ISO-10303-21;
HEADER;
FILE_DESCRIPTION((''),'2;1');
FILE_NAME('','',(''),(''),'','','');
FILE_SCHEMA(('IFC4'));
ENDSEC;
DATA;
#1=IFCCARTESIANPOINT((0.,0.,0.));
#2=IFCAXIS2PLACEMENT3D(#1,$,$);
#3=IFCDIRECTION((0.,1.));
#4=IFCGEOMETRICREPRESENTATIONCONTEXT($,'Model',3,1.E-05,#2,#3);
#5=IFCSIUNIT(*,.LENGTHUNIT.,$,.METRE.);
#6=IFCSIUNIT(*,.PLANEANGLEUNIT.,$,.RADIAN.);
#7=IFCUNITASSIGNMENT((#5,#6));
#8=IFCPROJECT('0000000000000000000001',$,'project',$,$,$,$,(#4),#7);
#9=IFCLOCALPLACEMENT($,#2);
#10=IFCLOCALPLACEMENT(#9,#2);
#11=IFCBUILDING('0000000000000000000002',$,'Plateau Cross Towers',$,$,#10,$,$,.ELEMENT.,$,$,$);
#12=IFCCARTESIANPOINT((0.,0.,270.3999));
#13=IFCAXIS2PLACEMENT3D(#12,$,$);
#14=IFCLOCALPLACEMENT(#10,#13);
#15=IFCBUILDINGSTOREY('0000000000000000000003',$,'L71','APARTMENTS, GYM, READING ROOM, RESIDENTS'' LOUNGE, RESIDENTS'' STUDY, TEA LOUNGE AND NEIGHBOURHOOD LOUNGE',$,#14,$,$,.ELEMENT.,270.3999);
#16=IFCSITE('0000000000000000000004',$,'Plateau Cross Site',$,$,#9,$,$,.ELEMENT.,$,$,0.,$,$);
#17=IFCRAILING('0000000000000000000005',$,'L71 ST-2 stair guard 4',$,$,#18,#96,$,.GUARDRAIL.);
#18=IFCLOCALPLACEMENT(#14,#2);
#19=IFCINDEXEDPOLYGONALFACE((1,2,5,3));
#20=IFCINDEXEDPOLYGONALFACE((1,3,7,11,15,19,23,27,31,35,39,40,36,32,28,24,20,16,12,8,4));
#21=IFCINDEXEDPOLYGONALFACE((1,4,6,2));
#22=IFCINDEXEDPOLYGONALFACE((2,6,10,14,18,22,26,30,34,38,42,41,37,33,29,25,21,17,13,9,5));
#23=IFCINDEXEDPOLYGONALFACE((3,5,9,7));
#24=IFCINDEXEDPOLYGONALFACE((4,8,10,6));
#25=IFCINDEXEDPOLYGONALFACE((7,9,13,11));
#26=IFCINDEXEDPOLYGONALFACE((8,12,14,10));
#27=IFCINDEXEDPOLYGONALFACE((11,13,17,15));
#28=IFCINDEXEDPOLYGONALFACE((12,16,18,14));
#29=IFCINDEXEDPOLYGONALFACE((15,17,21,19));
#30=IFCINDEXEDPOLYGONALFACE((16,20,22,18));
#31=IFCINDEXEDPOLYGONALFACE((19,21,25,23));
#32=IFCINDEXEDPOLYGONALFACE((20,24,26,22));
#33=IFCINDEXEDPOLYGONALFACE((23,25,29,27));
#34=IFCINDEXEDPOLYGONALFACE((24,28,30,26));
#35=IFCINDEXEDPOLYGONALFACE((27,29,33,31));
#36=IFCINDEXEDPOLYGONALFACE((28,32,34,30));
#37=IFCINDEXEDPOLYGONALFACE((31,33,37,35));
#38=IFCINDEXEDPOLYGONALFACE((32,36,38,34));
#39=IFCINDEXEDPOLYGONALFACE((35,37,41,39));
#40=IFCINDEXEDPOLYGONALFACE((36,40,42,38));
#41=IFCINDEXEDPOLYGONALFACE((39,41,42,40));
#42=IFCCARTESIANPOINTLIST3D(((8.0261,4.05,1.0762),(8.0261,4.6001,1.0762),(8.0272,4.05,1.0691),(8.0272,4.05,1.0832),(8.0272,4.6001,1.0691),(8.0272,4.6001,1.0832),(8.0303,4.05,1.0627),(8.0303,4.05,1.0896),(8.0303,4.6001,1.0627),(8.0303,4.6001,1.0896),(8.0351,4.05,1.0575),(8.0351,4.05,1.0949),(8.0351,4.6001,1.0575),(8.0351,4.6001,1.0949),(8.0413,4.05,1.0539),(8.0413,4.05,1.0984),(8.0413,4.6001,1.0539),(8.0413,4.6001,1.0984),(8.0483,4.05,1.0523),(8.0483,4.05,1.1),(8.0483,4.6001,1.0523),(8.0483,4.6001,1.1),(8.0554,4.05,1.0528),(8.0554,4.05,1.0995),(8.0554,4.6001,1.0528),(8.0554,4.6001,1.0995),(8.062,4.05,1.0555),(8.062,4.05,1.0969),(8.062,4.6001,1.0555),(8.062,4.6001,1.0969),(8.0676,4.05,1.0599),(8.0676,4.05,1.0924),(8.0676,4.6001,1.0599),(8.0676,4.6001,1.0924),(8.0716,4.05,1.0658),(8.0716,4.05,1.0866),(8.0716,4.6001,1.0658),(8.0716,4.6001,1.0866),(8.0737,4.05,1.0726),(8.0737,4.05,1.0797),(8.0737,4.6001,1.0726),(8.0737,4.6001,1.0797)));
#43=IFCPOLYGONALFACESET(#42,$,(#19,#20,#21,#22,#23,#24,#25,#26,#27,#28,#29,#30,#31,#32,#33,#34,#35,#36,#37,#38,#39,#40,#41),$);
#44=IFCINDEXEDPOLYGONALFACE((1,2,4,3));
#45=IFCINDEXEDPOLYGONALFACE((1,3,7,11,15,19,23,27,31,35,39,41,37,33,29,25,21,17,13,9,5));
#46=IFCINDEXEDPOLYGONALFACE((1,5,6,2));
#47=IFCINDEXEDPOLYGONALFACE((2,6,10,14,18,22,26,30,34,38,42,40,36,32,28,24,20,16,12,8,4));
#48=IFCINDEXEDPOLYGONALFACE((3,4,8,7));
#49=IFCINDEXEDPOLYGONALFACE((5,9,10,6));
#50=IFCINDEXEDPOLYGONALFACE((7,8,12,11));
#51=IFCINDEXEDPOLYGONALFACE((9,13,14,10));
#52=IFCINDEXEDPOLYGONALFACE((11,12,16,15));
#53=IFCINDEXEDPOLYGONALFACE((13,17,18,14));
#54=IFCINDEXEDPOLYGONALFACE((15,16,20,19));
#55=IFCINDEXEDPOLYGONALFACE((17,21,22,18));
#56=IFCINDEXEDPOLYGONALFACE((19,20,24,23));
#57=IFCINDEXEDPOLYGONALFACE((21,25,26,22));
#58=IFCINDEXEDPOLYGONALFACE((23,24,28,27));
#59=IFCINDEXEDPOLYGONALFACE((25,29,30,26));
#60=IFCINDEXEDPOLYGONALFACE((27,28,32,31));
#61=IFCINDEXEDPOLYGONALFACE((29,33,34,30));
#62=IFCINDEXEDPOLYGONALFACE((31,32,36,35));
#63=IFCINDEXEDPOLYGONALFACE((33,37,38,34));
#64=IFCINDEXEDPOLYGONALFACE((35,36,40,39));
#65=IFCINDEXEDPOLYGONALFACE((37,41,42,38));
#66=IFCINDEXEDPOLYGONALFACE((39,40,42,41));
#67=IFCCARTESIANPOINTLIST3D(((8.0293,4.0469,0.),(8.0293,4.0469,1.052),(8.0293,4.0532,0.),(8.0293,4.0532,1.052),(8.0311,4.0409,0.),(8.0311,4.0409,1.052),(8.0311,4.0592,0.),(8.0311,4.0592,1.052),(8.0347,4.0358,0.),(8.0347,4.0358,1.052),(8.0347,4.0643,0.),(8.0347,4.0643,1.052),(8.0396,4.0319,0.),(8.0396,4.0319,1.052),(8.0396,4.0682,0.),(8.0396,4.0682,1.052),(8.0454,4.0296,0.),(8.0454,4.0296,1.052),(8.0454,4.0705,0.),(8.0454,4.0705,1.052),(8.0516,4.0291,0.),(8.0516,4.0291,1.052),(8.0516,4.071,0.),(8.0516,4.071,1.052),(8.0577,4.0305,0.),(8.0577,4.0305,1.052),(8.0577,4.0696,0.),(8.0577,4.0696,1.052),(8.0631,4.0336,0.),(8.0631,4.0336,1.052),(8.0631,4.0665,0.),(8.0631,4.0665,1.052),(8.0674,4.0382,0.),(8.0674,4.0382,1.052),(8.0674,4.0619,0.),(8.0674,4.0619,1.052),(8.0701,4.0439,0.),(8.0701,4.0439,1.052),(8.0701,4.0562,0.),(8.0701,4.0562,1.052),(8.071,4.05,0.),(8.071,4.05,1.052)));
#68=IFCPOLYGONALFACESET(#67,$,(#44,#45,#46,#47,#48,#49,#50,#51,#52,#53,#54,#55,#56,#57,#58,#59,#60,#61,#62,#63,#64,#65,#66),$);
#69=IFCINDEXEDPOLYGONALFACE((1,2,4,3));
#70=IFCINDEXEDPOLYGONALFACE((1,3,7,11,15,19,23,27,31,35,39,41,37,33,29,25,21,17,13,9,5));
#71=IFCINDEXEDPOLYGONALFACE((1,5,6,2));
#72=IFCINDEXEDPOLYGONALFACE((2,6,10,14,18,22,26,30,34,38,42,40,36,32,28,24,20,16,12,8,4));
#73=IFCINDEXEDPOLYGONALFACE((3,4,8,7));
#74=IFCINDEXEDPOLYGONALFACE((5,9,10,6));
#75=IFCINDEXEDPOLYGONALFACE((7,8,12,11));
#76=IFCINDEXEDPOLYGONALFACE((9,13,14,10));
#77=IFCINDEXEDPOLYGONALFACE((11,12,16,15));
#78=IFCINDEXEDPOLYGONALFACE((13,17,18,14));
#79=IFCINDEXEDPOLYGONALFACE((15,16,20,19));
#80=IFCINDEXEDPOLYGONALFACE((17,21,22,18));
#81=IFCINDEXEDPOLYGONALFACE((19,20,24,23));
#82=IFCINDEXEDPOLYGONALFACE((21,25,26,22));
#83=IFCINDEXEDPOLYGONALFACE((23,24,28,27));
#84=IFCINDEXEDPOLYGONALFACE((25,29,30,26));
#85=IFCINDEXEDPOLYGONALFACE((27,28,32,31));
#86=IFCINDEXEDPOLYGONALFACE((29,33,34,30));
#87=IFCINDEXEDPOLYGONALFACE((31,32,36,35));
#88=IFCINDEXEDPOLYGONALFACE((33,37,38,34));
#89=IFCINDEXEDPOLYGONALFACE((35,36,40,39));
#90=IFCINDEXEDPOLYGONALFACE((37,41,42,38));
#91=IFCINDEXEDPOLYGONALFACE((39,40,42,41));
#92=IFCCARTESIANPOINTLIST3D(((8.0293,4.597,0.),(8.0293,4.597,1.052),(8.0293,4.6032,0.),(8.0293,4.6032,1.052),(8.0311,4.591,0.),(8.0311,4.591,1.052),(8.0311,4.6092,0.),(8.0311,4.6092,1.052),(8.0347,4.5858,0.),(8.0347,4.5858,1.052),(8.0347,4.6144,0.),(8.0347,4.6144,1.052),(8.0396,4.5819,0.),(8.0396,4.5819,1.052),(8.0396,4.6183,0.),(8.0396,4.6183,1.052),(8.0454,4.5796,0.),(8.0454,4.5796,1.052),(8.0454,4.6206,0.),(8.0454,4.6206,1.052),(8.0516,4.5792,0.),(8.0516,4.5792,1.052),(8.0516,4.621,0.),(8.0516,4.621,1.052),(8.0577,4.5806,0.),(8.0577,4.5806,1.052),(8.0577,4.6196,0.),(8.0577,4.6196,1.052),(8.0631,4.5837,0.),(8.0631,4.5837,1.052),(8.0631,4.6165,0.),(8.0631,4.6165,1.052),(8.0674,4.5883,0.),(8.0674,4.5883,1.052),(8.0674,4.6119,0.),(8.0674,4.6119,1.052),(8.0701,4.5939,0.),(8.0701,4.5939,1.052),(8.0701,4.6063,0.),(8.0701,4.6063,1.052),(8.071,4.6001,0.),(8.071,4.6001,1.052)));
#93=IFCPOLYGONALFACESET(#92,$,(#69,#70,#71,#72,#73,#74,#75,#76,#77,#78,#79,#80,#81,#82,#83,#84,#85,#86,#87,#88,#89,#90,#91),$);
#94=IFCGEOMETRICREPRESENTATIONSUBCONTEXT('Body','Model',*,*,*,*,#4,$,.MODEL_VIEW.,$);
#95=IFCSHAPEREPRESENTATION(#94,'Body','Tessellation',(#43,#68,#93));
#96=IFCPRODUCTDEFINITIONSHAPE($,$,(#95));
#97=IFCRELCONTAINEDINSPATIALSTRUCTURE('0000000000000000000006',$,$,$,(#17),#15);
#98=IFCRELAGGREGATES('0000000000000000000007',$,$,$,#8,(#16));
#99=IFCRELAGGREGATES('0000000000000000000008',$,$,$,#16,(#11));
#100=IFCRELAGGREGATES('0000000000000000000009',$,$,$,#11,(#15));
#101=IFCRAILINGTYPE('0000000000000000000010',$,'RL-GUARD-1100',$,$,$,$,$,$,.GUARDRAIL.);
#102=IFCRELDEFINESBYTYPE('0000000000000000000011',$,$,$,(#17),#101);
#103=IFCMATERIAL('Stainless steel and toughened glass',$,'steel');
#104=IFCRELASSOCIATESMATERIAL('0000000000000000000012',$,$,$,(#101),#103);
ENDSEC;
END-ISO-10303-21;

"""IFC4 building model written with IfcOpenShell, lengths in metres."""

from ifc_helpers import new_model, si_unit, direction, frame, origin, origin_2d, place, context, subcontext, project, spatial, circle, extrude, material, type_object, element, save


model = new_model("IFC4")

# Units and contexts
model_context = context("Model", 3, precision=1e-05, world=origin(), true_north=direction((0.0, 1.0)))
body_context = subcontext(model_context, "Body", "Model", "MODEL_VIEW")
ifc_project = project(units=[si_unit("LENGTHUNIT", "METRE"), si_unit("PLANEANGLEUNIT", "RADIAN")], contexts=[model_context])

# Site, building, storey
site_placement = place(None, origin())
site = spatial("IfcSite", under=ifc_project, at=site_placement, Name="Plateau Cross Site", CompositionType="ELEMENT", RefElevation=0.0)
building_placement = place(site_placement, origin())
building = spatial("IfcBuilding", under=site, at=building_placement, Name="Plateau Cross Towers", CompositionType="ELEMENT")
storey_placement = place(building_placement, frame((0.0, 0.0, 270.3999)))
storey = spatial("IfcBuildingStorey", under=building, at=storey_placement, Name="L71", Description="APARTMENTS, GYM, READING ROOM, RESIDENTS' LOUNGE, RESIDENTS' STUDY, TEA LOUNGE AND NEIGHBOURHOOD LOUNGE", CompositionType="ELEMENT", Elevation=270.3999)

# Railing
ifc_material_1 = material(Name="Stainless steel and toughened glass", Category="steel")
railing_type_1 = type_object("IfcRailingType", Name="RL-GUARD-1100", PredefinedType="GUARDRAIL", material=ifc_material_1)
railing_1_placement = place(storey_placement, frame((8.05, 4.05, 0.0)))
element("IfcRailing", 1, at=railing_1_placement, inside=storey, type_object=railing_type_1, Name="L71 ST-2 stair guard 4", PredefinedType="GUARDRAIL", context=body_context, shape_type="SweptSolid", body=[
    extrude(circle(Radius=0.0239, at=origin_2d()), frame((0.0, 0.0, 1.0762), z_axis=(0.0, 1.0, 0.0), x_axis=(-1.0, 0.0, 0.0)), (0.0, 0.0, 1.0), 0.55),
    extrude(circle(Radius=0.021, at=origin_2d()), origin(), (0.0, 0.0, 1.0), 1.052),
    extrude(circle(Radius=0.021, at=origin_2d()), frame((0.0, 0.55, 0.0)), (0.0, 0.0, 1.0), 1.052),
])

save(model, "model.ifc")
